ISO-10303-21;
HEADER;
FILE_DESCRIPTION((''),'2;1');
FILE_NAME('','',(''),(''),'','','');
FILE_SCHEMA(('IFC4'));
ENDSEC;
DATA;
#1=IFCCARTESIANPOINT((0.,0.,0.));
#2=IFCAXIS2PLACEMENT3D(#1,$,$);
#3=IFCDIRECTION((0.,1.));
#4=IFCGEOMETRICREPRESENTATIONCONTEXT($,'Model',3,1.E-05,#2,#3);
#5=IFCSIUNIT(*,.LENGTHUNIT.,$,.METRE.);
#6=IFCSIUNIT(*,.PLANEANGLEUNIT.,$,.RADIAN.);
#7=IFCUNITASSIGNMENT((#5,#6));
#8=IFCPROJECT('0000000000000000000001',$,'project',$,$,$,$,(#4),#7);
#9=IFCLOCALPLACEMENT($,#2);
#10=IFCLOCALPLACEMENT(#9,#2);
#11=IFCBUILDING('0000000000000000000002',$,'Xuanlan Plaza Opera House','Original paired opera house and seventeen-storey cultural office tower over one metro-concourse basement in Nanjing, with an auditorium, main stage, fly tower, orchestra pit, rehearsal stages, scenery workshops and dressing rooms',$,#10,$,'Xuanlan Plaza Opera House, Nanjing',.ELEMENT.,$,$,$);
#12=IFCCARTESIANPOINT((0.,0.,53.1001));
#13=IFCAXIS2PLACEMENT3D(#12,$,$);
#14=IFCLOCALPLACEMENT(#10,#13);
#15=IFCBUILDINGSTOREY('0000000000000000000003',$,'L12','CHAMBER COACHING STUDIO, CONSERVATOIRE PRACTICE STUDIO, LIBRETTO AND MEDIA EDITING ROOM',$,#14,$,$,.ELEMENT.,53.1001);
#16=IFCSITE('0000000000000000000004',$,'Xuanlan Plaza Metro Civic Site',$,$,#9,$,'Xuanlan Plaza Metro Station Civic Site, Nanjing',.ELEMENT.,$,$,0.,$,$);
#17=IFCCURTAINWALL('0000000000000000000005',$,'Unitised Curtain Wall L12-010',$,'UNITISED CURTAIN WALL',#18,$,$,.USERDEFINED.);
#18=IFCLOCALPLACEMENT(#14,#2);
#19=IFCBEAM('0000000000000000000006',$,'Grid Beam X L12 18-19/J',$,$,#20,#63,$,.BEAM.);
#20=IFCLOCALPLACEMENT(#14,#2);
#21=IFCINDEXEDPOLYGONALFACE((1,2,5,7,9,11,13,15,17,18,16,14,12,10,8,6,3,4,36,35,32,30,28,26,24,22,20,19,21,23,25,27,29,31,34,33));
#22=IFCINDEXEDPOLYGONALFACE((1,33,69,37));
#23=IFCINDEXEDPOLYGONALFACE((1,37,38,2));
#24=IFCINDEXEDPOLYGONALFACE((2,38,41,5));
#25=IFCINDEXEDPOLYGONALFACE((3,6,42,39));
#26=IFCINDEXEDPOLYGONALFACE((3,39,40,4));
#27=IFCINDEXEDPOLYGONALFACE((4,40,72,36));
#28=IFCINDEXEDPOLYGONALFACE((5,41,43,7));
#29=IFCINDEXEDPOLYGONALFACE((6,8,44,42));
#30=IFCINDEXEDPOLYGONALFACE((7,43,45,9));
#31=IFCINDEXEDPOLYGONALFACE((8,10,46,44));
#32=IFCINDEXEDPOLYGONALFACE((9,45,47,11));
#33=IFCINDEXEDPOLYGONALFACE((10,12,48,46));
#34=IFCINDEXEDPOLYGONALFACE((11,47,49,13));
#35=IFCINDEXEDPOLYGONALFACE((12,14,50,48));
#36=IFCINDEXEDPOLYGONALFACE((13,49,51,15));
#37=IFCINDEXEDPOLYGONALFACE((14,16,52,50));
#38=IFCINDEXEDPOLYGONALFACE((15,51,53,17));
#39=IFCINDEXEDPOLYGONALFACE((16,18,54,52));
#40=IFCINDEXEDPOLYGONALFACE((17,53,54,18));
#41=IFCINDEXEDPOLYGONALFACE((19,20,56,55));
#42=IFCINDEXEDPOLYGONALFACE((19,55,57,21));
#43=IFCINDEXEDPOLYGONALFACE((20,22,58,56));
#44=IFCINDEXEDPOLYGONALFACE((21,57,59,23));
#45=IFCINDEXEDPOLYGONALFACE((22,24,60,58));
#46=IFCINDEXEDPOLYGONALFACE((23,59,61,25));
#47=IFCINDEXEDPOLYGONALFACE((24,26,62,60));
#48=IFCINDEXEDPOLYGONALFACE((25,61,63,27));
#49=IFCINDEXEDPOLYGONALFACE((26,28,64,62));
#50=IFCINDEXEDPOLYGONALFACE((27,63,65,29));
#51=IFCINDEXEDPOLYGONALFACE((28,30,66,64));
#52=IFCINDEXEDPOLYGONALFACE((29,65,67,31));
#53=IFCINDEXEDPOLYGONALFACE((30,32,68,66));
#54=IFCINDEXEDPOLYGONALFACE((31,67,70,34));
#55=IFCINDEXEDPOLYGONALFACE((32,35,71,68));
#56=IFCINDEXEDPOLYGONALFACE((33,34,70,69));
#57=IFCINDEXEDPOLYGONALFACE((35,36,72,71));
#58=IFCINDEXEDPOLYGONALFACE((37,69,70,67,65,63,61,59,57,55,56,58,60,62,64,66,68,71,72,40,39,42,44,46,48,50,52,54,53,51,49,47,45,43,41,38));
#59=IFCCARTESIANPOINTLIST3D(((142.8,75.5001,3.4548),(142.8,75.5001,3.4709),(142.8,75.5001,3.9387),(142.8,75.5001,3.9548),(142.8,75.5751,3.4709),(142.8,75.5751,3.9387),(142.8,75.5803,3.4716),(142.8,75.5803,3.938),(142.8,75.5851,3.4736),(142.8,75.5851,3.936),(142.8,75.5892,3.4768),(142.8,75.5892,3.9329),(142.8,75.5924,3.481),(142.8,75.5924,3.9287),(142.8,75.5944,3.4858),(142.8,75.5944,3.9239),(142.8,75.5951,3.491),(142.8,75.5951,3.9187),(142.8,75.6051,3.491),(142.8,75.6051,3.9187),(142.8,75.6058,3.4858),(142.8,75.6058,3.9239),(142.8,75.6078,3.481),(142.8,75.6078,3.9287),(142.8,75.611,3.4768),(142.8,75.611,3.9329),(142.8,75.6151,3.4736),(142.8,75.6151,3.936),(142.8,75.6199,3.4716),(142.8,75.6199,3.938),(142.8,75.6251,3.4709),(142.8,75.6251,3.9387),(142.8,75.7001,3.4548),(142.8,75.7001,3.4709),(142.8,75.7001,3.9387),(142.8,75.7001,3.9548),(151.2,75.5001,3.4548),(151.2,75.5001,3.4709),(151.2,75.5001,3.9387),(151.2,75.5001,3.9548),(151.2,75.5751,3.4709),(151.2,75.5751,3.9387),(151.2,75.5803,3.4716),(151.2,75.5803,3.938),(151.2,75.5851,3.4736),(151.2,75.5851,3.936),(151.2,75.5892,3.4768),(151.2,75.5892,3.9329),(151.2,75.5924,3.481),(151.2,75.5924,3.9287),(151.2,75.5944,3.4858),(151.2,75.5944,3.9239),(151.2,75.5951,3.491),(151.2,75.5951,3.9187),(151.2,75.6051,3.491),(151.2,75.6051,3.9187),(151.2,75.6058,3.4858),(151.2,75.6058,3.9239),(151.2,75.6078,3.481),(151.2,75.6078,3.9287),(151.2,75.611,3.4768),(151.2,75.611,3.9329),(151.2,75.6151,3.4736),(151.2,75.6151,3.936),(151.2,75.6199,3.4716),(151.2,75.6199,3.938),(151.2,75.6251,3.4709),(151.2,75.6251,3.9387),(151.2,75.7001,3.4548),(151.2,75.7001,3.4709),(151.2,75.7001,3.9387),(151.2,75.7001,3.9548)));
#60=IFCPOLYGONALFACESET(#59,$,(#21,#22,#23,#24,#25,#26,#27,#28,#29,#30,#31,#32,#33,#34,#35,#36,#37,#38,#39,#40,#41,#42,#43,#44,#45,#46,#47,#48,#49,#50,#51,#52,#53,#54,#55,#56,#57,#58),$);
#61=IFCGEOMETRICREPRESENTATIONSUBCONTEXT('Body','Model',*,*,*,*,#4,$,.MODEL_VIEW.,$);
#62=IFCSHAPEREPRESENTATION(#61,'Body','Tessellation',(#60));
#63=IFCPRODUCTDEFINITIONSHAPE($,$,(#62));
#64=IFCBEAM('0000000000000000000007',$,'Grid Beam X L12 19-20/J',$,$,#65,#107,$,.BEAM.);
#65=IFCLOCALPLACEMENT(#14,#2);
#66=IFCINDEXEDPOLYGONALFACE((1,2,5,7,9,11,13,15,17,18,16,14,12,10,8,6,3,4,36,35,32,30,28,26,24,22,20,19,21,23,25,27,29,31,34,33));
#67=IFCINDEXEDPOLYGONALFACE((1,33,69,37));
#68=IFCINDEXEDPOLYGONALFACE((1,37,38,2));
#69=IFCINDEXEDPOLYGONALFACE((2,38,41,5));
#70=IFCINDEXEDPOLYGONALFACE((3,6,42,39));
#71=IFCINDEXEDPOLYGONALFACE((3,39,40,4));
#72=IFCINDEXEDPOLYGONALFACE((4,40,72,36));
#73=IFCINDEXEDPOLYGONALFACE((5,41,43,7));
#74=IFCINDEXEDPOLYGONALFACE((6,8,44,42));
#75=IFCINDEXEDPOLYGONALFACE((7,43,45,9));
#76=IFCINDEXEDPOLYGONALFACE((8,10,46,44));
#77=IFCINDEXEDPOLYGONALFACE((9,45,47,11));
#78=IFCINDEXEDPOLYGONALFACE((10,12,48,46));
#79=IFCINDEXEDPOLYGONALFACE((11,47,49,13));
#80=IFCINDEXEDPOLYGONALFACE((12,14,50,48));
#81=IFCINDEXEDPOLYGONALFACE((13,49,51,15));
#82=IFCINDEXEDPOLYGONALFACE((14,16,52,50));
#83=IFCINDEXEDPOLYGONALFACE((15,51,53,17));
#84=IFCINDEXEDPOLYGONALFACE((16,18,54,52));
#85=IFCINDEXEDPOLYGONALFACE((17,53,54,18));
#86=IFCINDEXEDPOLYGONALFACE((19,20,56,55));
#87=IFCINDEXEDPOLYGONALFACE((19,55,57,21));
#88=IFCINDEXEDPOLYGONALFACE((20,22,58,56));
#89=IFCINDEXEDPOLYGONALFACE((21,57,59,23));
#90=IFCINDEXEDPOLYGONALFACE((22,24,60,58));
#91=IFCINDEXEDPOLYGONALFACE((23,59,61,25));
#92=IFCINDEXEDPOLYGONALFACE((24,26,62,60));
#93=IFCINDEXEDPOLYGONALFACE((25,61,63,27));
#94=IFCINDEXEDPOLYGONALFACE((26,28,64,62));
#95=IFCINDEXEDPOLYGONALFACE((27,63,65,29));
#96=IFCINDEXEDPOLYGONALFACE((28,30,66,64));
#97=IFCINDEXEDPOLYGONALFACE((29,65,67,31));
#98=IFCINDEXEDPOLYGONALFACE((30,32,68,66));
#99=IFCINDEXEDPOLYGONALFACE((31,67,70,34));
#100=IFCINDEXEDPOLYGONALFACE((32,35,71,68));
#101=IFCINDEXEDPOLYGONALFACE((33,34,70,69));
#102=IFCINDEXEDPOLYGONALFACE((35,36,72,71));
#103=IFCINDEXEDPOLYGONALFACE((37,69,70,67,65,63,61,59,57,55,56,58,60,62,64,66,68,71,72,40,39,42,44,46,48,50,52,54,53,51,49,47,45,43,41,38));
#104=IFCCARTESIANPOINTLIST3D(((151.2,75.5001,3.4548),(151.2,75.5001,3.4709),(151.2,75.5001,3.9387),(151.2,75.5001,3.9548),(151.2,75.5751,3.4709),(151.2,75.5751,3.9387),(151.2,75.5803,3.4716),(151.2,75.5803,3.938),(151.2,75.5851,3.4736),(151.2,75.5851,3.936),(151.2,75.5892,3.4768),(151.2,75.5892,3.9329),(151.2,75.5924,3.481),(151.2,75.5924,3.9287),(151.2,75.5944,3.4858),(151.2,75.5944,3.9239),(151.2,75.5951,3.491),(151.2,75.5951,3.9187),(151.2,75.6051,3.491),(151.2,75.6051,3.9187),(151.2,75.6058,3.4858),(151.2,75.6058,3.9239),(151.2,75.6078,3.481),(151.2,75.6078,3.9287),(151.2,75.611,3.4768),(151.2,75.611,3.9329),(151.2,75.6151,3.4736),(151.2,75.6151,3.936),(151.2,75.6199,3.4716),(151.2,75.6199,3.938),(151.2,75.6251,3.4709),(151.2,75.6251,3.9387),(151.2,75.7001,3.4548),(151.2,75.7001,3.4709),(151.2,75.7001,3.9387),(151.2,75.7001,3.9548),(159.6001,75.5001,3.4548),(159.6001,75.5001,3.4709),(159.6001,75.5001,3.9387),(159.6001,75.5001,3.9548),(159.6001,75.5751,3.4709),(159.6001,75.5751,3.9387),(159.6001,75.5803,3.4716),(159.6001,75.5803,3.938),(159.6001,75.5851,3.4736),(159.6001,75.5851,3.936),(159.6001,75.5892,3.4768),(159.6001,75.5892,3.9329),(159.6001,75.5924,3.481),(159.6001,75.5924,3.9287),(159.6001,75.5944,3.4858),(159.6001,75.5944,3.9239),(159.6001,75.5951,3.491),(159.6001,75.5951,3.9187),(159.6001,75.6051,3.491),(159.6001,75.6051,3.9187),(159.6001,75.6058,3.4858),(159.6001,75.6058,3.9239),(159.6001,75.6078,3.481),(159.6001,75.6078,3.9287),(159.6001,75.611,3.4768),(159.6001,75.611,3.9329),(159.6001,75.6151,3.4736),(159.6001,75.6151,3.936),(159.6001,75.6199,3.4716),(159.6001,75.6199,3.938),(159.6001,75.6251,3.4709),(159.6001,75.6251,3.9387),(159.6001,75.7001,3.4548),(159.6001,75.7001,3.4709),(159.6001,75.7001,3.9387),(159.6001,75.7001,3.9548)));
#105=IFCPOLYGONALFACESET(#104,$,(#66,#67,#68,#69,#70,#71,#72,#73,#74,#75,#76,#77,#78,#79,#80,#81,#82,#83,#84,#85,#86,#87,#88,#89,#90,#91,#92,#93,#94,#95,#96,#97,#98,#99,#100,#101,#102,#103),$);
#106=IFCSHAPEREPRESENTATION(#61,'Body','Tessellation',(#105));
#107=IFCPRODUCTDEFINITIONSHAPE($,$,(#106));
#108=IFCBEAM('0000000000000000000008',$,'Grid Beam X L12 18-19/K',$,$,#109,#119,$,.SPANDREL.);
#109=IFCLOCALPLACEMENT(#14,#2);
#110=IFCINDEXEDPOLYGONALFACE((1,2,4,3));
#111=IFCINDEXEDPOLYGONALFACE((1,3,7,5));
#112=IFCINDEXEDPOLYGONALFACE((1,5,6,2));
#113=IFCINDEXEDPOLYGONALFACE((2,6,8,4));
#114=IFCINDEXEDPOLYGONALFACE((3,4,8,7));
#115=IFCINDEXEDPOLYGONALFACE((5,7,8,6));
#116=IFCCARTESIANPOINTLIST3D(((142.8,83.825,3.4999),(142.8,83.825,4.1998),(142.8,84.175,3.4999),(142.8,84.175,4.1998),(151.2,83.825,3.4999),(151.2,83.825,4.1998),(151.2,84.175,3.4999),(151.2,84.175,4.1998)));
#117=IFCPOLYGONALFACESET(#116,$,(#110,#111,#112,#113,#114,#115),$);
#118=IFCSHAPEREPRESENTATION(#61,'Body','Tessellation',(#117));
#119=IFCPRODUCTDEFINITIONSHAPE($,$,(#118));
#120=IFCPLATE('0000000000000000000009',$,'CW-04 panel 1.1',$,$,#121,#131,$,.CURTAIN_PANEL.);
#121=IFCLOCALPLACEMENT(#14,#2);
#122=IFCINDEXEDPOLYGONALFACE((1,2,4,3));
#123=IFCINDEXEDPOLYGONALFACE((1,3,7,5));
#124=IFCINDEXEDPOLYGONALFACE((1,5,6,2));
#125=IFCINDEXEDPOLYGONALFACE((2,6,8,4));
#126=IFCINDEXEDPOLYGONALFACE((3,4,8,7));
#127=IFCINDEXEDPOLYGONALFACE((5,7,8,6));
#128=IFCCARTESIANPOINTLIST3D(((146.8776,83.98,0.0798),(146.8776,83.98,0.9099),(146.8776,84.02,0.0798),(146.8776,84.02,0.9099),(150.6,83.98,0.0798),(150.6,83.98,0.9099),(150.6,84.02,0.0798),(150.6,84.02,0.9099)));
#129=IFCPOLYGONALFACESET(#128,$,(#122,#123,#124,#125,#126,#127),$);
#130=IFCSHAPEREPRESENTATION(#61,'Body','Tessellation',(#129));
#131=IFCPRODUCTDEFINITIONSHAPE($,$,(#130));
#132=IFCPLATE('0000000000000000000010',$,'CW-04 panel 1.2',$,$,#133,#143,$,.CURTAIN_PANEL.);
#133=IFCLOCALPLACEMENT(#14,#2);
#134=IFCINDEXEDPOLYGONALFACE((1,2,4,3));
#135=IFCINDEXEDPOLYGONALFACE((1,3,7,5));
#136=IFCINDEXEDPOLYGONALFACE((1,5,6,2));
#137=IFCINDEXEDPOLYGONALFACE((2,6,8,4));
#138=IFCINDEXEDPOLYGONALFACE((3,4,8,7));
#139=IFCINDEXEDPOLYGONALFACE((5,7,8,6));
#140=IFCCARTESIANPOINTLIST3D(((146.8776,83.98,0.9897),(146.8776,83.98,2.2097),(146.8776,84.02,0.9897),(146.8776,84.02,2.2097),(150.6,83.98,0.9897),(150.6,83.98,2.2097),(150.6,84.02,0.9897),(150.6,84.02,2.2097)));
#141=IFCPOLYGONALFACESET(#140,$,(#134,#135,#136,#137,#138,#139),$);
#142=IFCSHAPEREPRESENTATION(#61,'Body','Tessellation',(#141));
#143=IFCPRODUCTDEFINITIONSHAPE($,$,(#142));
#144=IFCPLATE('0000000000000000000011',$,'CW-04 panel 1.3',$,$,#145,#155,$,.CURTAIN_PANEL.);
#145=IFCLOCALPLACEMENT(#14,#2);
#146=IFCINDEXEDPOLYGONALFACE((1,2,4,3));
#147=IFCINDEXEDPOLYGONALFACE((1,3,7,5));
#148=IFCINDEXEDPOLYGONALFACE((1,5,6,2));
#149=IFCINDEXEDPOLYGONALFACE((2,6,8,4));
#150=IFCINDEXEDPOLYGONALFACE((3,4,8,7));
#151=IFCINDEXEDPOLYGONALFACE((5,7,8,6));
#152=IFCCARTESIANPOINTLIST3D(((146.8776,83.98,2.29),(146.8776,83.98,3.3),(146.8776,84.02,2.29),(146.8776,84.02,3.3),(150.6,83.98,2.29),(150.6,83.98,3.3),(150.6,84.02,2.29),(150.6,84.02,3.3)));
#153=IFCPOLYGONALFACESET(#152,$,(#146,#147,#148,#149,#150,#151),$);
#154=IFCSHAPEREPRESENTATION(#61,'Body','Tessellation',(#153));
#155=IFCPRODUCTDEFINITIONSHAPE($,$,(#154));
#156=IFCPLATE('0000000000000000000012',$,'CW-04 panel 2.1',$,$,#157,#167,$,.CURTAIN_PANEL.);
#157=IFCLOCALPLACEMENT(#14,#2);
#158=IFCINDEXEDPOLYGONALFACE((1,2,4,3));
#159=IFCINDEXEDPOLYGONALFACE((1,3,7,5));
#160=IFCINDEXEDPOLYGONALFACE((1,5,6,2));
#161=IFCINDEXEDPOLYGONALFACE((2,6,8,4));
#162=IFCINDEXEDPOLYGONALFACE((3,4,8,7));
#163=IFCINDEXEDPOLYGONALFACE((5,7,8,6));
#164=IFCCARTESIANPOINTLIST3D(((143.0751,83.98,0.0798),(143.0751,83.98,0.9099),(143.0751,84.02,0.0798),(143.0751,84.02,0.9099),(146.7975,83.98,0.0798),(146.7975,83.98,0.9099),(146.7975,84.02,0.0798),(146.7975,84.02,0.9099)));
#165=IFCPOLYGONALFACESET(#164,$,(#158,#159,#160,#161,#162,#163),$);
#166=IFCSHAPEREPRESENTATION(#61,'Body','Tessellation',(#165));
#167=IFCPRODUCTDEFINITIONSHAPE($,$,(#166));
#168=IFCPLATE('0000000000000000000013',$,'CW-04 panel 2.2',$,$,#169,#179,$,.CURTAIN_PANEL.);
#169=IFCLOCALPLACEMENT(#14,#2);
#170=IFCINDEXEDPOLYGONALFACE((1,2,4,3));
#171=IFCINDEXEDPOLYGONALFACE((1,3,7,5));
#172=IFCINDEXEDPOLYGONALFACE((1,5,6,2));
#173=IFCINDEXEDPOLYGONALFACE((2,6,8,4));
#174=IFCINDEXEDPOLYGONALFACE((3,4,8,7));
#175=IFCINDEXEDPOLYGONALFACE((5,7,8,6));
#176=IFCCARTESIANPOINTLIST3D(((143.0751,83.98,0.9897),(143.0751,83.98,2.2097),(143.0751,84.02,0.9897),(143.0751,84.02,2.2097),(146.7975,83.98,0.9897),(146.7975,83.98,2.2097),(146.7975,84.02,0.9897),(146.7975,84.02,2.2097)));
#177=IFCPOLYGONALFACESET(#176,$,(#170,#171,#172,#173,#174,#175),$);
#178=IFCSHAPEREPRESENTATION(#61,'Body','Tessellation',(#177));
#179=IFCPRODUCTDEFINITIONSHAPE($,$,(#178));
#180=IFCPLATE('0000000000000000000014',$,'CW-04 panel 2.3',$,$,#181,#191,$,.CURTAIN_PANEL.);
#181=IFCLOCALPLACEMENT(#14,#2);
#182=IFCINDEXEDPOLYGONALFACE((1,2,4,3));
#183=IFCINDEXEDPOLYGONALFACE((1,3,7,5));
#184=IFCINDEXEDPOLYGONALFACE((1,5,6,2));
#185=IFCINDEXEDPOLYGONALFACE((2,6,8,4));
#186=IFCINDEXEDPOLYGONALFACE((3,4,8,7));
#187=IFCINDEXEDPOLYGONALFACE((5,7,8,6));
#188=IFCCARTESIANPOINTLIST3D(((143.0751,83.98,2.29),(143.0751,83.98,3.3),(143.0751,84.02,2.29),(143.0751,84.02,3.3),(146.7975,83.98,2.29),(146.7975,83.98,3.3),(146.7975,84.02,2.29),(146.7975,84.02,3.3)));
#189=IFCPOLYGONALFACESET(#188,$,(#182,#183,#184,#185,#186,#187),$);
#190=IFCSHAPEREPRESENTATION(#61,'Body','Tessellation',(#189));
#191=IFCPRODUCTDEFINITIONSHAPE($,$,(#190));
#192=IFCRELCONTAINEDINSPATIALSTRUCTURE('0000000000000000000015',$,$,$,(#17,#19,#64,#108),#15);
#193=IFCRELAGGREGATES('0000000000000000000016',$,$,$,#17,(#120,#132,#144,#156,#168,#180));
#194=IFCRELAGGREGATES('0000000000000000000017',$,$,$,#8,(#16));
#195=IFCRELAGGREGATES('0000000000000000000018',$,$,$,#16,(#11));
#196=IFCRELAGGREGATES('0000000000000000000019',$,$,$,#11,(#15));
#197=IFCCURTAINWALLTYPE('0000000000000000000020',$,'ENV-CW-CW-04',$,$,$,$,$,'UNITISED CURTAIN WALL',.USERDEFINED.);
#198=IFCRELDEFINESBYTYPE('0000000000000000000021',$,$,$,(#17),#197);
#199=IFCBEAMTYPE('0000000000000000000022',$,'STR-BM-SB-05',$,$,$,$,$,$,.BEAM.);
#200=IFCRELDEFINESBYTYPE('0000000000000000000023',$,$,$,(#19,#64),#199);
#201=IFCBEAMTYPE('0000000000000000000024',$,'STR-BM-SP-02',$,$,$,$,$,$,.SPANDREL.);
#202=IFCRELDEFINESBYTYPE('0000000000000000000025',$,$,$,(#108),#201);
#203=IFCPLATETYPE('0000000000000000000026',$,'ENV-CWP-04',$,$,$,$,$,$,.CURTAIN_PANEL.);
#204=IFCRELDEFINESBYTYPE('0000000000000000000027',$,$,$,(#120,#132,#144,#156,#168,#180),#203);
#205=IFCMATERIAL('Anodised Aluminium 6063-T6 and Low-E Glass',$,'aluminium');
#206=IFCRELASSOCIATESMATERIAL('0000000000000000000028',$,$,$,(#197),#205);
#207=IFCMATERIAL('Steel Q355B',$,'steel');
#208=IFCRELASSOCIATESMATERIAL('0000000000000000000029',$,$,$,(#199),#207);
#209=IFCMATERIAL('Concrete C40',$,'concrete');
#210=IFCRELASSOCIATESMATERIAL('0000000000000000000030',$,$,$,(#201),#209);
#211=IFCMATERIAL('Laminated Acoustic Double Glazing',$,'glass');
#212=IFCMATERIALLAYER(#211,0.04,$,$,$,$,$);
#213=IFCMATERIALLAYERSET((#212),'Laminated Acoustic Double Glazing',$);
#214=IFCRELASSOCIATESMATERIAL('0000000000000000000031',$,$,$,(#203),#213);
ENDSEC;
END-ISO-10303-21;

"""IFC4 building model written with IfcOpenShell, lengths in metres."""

from ifc_helpers import new_model, si_unit, direction, frame, origin, origin_2d, place, context, subcontext, project, spatial, rectangle, i_section, extrude, material, layer, layer_set, material_profile, profile_set, type_object, element, aggregate, save


model = new_model("IFC4")

# Units and contexts
model_context = context("Model", 3, precision=1e-05, world=origin(), true_north=direction((0.0, 1.0)))
body_context = subcontext(model_context, "Body", "Model", "MODEL_VIEW")
ifc_project = project(units=[si_unit("LENGTHUNIT", "METRE"), si_unit("PLANEANGLEUNIT", "RADIAN")], contexts=[model_context])

# Site, building, storey
site_placement = place(None, origin())
site = spatial("IfcSite", under=ifc_project, at=site_placement, Name="Xuanlan Plaza Metro Civic Site", LongName="Xuanlan Plaza Metro Station Civic Site, Nanjing", CompositionType="ELEMENT", RefElevation=0.0)
building_placement = place(site_placement, origin())
building = spatial("IfcBuilding", under=site, at=building_placement, Name="Xuanlan Plaza Opera House", Description="Original paired opera house and seventeen-storey cultural office tower over one metro-concourse basement in Nanjing, with an auditorium, main stage, fly tower, orchestra pit, rehearsal stages, scenery workshops and dressing rooms", LongName="Xuanlan Plaza Opera House, Nanjing", CompositionType="ELEMENT")
storey_placement = place(building_placement, frame((0.0, 0.0, 53.1001)))
storey = spatial("IfcBuildingStorey", under=building, at=storey_placement, Name="L12", Description="CHAMBER COACHING STUDIO, CONSERVATOIRE PRACTICE STUDIO, LIBRETTO AND MEDIA EDITING ROOM", CompositionType="ELEMENT", Elevation=53.1001)

# Shared definitions
ifc_material_1 = material(Name="Steel Q355B", Category="steel")

# Curtain wall
ifc_material_2 = material(Name="Anodised Aluminium 6063-T6 and Low-E Glass", Category="aluminium")
curtain_wall_type_1 = type_object("IfcCurtainWallType", Name="ENV-CW-CW-04", ElementType="UNITISED CURTAIN WALL", PredefinedType="USERDEFINED", material=ifc_material_2)
curtain_wall_1_placement = place(storey_placement, origin())
curtain_wall_1 = element("IfcCurtainWall", 1, at=curtain_wall_1_placement, inside=storey, type_object=curtain_wall_type_1, Name="Unitised Curtain Wall L12-010", ObjectType="UNITISED CURTAIN WALL", PredefinedType="USERDEFINED")

# Beams
ifc_material_3 = material(Name="Concrete C40", Category="concrete")
ifc_material_profile_1 = material_profile(ifc_material_1, i_section(OverallWidth=0.2, OverallDepth=0.5, WebThickness=0.01, FlangeThickness=0.0161, FilletRadius=0.02, at=origin_2d()), Name="HN 500x200x10x16")
ifc_profile_set_1 = profile_set([ifc_material_profile_1], Name="Steel Q355B")
beam_type_1 = type_object("IfcBeamType", Name="STR-BM-SB-05", PredefinedType="BEAM", material=ifc_profile_set_1)
beam_1_placement = place(storey_placement, frame((142.8, 75.6001, 3.7048), z_axis=(1.0, 0.0, 0.0), x_axis=(0.0, 1.0, 0.0)))
element("IfcBeam", 2, at=beam_1_placement, inside=storey, type_object=beam_type_1, Name="Grid Beam X L12 18-19/J", PredefinedType="BEAM", context=body_context, shape_type="SweptSolid", body=[
    extrude(i_section(OverallWidth=0.2, OverallDepth=0.5, WebThickness=0.01, FlangeThickness=0.0161, FilletRadius=0.02, at=origin_2d()), origin(), (0.0, 0.0, 1.0), 8.3999),
])
beam_2_placement = place(storey_placement, frame((151.2, 75.6001, 3.7048), z_axis=(1.0, 0.0, 0.0), x_axis=(0.0, 1.0, 0.0)))
element("IfcBeam", 3, at=beam_2_placement, inside=storey, type_object=beam_type_1, Name="Grid Beam X L12 19-20/J", PredefinedType="BEAM", context=body_context, shape_type="SweptSolid", body=[
    extrude(i_section(OverallWidth=0.2, OverallDepth=0.5, WebThickness=0.01, FlangeThickness=0.0161, FilletRadius=0.02, at=origin_2d()), origin(), (0.0, 0.0, 1.0), 8.4001),
])
ifc_material_profile_2 = material_profile(ifc_material_3, rectangle(XDim=0.3501, YDim=0.7, at=origin_2d()), Name="RC-SPD 350x700")
ifc_profile_set_2 = profile_set([ifc_material_profile_2], Name="Concrete C40")
beam_type_2 = type_object("IfcBeamType", Name="STR-BM-SP-02", PredefinedType="SPANDREL", material=ifc_profile_set_2)
beam_3_placement = place(storey_placement, frame((142.8, 84.0, 3.8499), z_axis=(1.0, 0.0, 0.0), x_axis=(0.0, 1.0, 0.0)))
element("IfcBeam", 4, at=beam_3_placement, inside=storey, type_object=beam_type_2, Name="Grid Beam X L12 18-19/K", PredefinedType="SPANDREL", context=body_context, shape_type="SweptSolid", body=[
    extrude(rectangle(XDim=0.3501, YDim=0.7, at=origin_2d()), origin(), (0.0, 0.0, 1.0), 8.3999),
])

# Plates
ifc_material_4 = material(Name="Laminated Acoustic Double Glazing", Category="glass")
ifc_layer_1 = layer(ifc_material_4, 0.04)
ifc_layer_set_1 = layer_set([ifc_layer_1], Name="Laminated Acoustic Double Glazing")
plate_type = type_object("IfcPlateType", Name="ENV-CWP-04", PredefinedType="CURTAIN_PANEL", material=ifc_layer_set_1)
plate_1_placement = place(storey_placement, frame((148.7388, 84.0, 0.0798), z_axis=(0.0, 0.0, 1.0), x_axis=(-1.0, 0.0, 0.0)))
plate_1 = element("IfcPlate", 5, at=plate_1_placement, type_object=plate_type, Name="CW-04 panel 1.1", PredefinedType="CURTAIN_PANEL", context=body_context, shape_type="SweptSolid", body=[
    extrude(rectangle(XDim=3.7224, YDim=0.04, at=origin_2d()), origin(), (0.0, 0.0, 1.0), 0.8301),
])
plate_2_placement = place(storey_placement, frame((148.7388, 84.0, 0.9897), z_axis=(0.0, 0.0, 1.0), x_axis=(-1.0, 0.0, 0.0)))
plate_2 = element("IfcPlate", 6, at=plate_2_placement, type_object=plate_type, Name="CW-04 panel 1.2", PredefinedType="CURTAIN_PANEL", context=body_context, shape_type="SweptSolid", body=[
    extrude(rectangle(XDim=3.7224, YDim=0.04, at=origin_2d()), origin(), (0.0, 0.0, 1.0), 1.22),
])
plate_3_placement = place(storey_placement, frame((148.7388, 84.0, 2.29), z_axis=(0.0, 0.0, 1.0), x_axis=(-1.0, 0.0, 0.0)))
plate_3 = element("IfcPlate", 7, at=plate_3_placement, type_object=plate_type, Name="CW-04 panel 1.3", PredefinedType="CURTAIN_PANEL", context=body_context, shape_type="SweptSolid", body=[
    extrude(rectangle(XDim=3.7224, YDim=0.04, at=origin_2d()), origin(), (0.0, 0.0, 1.0), 1.01),
])
plate_4_placement = place(storey_placement, frame((144.9363, 84.0, 0.0798), z_axis=(0.0, 0.0, 1.0), x_axis=(-1.0, 0.0, 0.0)))
plate_4 = element("IfcPlate", 8, at=plate_4_placement, type_object=plate_type, Name="CW-04 panel 2.1", PredefinedType="CURTAIN_PANEL", context=body_context, shape_type="SweptSolid", body=[
    extrude(rectangle(XDim=3.7224, YDim=0.04, at=origin_2d()), origin(), (0.0, 0.0, 1.0), 0.8301),
])
plate_5_placement = place(storey_placement, frame((144.9363, 84.0, 0.9897), z_axis=(0.0, 0.0, 1.0), x_axis=(-1.0, 0.0, 0.0)))
plate_5 = element("IfcPlate", 9, at=plate_5_placement, type_object=plate_type, Name="CW-04 panel 2.2", PredefinedType="CURTAIN_PANEL", context=body_context, shape_type="SweptSolid", body=[
    extrude(rectangle(XDim=3.7224, YDim=0.04, at=origin_2d()), origin(), (0.0, 0.0, 1.0), 1.22),
])
plate_6_placement = place(storey_placement, frame((144.9363, 84.0, 2.29), z_axis=(0.0, 0.0, 1.0), x_axis=(-1.0, 0.0, 0.0)))
plate_6 = element("IfcPlate", 10, at=plate_6_placement, type_object=plate_type, Name="CW-04 panel 2.3", PredefinedType="CURTAIN_PANEL", context=body_context, shape_type="SweptSolid", body=[
    extrude(rectangle(XDim=3.7224, YDim=0.04, at=origin_2d()), origin(), (0.0, 0.0, 1.0), 1.01),
])
aggregate(curtain_wall_1, [plate_1, plate_2, plate_3, plate_4, plate_5, plate_6])

save(model, "model.ifc")
